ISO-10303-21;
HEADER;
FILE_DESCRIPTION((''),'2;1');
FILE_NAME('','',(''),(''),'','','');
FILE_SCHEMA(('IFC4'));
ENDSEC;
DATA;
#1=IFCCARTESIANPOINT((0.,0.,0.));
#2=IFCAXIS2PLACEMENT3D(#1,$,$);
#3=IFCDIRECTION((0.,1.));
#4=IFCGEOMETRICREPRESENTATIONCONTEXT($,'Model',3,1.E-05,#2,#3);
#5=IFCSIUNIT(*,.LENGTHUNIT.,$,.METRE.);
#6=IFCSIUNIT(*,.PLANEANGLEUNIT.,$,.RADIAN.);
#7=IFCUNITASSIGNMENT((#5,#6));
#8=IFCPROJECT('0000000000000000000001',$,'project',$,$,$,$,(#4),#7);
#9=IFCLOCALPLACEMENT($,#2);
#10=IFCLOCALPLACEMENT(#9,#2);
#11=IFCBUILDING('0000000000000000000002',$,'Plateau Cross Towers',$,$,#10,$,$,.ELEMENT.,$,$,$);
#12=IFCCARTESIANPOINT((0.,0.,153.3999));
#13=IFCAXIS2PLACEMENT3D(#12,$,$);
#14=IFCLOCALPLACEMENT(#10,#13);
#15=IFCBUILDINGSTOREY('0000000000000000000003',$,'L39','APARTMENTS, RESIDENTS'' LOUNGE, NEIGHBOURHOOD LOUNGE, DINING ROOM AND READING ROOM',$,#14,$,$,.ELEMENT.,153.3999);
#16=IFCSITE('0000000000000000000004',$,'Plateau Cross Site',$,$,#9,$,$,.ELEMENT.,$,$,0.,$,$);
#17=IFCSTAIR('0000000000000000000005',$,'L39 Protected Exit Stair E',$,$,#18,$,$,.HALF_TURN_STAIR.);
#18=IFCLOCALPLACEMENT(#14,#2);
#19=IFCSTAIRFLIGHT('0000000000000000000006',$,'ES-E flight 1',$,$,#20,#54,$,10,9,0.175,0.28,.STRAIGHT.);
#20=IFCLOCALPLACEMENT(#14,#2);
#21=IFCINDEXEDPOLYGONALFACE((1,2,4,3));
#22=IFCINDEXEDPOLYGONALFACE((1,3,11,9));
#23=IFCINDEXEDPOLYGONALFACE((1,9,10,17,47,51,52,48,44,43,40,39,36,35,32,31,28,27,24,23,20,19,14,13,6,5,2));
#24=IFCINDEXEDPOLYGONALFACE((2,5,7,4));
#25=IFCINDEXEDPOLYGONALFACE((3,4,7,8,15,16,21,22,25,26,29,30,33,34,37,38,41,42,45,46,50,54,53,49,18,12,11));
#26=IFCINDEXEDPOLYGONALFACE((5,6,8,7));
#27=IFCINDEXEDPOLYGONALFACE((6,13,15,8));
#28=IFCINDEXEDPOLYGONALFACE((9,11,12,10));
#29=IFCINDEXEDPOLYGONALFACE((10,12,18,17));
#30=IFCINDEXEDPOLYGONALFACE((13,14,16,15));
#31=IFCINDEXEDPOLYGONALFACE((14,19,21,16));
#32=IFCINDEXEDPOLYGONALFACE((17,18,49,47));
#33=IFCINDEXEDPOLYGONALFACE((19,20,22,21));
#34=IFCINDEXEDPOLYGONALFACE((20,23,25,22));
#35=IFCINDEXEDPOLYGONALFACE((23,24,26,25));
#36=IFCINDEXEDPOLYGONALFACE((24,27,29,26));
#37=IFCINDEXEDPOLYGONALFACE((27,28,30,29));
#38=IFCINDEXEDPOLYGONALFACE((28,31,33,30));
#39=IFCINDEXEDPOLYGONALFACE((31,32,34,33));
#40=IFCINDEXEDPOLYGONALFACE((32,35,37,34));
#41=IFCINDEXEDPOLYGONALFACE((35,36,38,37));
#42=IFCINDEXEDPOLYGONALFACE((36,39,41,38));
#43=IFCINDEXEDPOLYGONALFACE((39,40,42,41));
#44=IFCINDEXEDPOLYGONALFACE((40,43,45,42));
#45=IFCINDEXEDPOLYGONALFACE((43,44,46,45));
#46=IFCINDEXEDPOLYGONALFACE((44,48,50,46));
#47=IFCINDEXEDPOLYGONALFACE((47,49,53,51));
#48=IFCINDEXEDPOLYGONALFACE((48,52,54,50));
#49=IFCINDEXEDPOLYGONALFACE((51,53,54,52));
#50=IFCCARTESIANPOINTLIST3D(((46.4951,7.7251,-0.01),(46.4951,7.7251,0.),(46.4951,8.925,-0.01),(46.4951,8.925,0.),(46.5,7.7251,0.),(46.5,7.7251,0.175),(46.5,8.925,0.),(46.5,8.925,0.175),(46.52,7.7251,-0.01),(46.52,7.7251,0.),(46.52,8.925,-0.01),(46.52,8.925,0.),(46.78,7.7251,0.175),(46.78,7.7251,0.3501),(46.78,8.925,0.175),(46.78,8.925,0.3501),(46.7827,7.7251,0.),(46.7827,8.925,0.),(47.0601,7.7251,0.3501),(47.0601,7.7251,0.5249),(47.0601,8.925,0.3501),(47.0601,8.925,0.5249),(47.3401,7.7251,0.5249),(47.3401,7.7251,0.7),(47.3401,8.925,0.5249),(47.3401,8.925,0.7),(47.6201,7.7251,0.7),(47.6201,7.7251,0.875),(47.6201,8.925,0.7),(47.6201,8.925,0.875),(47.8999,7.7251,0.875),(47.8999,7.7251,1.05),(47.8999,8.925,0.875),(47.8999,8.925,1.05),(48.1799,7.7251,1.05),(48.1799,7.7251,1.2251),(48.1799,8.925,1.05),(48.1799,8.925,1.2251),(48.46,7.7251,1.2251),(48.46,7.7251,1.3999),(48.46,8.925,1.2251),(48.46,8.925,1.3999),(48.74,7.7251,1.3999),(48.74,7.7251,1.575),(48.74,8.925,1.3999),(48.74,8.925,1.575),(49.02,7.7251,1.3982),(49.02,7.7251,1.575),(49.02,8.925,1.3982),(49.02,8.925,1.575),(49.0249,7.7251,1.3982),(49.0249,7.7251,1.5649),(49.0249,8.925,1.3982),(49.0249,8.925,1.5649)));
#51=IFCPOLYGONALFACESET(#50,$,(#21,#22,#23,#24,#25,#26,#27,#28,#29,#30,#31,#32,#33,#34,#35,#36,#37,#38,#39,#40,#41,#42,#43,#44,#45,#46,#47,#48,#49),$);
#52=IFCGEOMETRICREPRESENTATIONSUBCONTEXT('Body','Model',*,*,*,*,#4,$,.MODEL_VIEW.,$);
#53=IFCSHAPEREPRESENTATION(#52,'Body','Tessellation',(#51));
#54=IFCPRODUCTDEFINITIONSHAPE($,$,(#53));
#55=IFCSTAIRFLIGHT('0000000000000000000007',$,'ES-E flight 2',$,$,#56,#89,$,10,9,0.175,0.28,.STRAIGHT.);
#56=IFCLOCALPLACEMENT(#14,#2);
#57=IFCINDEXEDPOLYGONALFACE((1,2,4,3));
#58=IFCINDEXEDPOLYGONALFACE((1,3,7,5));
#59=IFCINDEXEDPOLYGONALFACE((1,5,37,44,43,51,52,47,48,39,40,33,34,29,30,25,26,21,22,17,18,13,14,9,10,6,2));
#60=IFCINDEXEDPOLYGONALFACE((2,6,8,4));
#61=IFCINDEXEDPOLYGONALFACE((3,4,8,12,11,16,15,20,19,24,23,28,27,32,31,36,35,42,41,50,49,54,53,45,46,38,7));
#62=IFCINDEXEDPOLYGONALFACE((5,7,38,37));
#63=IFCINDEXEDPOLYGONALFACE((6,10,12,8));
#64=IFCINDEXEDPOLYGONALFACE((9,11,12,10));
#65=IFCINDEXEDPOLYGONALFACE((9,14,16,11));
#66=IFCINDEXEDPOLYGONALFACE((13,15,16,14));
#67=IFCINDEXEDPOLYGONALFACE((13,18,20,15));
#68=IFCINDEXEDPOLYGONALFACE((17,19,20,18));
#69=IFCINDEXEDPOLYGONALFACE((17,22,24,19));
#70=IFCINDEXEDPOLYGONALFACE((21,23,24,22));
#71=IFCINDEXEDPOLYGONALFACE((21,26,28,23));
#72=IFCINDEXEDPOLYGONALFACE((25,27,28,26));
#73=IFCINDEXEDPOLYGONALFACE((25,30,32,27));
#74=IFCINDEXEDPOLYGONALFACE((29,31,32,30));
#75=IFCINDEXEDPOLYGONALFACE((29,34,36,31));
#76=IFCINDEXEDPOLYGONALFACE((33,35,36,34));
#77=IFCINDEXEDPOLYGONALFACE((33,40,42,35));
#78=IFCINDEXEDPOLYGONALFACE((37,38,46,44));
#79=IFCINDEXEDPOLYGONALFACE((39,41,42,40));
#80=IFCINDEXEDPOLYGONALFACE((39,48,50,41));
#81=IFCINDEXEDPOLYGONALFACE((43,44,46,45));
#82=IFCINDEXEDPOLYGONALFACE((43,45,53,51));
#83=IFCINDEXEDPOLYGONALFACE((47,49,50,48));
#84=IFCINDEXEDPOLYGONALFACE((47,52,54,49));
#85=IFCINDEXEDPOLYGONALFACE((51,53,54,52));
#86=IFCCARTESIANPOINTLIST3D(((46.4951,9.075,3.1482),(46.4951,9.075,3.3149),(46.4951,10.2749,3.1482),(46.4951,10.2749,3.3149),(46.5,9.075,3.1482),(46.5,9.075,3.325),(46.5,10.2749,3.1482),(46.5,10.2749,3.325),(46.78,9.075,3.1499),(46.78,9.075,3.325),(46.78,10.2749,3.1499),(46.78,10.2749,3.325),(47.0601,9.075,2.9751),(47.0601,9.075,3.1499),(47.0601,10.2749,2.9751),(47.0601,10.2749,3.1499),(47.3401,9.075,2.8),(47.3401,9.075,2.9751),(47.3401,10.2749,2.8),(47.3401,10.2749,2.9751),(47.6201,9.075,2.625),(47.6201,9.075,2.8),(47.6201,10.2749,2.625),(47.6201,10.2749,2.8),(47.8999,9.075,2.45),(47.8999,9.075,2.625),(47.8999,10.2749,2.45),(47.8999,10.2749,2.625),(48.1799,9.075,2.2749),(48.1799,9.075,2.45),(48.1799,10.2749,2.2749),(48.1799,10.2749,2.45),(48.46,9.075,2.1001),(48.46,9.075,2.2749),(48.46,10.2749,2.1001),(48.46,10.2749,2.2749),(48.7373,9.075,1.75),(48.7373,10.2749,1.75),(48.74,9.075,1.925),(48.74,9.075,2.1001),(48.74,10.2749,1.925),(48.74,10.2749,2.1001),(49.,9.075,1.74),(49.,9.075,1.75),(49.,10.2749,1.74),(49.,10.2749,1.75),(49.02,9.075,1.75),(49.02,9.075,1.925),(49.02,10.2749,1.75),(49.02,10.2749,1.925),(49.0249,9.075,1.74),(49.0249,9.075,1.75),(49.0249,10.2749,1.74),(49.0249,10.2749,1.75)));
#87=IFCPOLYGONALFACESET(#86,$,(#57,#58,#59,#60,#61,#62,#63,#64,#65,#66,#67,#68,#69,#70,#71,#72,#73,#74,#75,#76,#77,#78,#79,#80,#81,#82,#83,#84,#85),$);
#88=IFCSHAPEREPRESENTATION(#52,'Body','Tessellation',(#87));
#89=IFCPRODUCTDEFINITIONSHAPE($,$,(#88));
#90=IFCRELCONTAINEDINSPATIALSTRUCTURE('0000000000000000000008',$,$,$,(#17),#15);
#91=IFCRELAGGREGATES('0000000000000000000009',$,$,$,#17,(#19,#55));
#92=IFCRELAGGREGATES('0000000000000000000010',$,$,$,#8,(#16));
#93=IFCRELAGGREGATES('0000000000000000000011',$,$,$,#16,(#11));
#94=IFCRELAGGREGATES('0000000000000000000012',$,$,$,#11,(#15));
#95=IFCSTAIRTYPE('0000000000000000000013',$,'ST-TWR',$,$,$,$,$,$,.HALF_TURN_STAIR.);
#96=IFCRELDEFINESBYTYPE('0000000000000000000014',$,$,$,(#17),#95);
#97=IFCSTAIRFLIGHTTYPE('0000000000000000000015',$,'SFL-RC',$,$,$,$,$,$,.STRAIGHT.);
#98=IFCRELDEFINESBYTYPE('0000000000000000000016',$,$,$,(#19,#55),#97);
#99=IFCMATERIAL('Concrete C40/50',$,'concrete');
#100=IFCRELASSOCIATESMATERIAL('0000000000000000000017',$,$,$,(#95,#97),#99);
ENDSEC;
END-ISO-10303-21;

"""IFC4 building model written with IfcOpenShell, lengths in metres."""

from ifc_helpers import new_model, si_unit, direction, frame, origin, place, context, subcontext, project, spatial, polyline, outline, extrude, material, type_object, element, aggregate, save


model = new_model("IFC4")

# Units and contexts
model_context = context("Model", 3, precision=1e-05, world=origin(), true_north=direction((0.0, 1.0)))
body_context = subcontext(model_context, "Body", "Model", "MODEL_VIEW")
ifc_project = project(units=[si_unit("LENGTHUNIT", "METRE"), si_unit("PLANEANGLEUNIT", "RADIAN")], contexts=[model_context])

# Site, building, storey
site_placement = place(None, origin())
site = spatial("IfcSite", under=ifc_project, at=site_placement, Name="Plateau Cross Site", CompositionType="ELEMENT", RefElevation=0.0)
building_placement = place(site_placement, origin())
building = spatial("IfcBuilding", under=site, at=building_placement, Name="Plateau Cross Towers", CompositionType="ELEMENT")
storey_placement = place(building_placement, frame((0.0, 0.0, 153.3999)))
storey = spatial("IfcBuildingStorey", under=building, at=storey_placement, Name="L39", Description="APARTMENTS, RESIDENTS' LOUNGE, NEIGHBOURHOOD LOUNGE, DINING ROOM AND READING ROOM", CompositionType="ELEMENT", Elevation=153.3999)

# Stair, stair flights
ifc_material_1 = material(Name="Concrete C40/50", Category="concrete")
stair_type = type_object("IfcStairType", Name="ST-TWR", PredefinedType="HALF_TURN_STAIR", material=ifc_material_1)
stair_placement = place(storey_placement, origin())
stair = element("IfcStair", 1, at=stair_placement, inside=storey, type_object=stair_type, Name="L39 Protected Exit Stair E", PredefinedType="HALF_TURN_STAIR")
stair_flight_type = type_object("IfcStairFlightType", Name="SFL-RC", PredefinedType="STRAIGHT", material=ifc_material_1)
stair_flight_1_placement = place(storey_placement, frame((46.5, 8.325, 0.0), z_axis=(0.0, 0.0, 1.0), x_axis=(1.0, 0.0, 0.0)))
stair_flight_1 = element("IfcStairFlight", 2, at=stair_flight_1_placement, type_object=stair_flight_type, Name="ES-E flight 1", NumberOfRisers=10, NumberOfTreads=9, PredefinedType="STRAIGHT", RiserHeight=0.175, TreadLength=0.28, context=body_context, shape_type="SweptSolid", body=[
    extrude(outline(polyline([(-0.0049, -0.01), (-0.0049, 0.0), (0.0, 0.0), (0.0, 0.175), (0.28, 0.175), (0.28, 0.3501), (0.5601, 0.3501), (0.5601, 0.5249), (0.8401, 0.5249), (0.8401, 0.7), (1.1201, 0.7), (1.1201, 0.875), (1.3999, 0.875), (1.3999, 1.05), (1.6799, 1.05), (1.6799, 1.2251), (1.96, 1.2251), (1.96, 1.3999), (2.24, 1.3999), (2.24, 1.575), (2.52, 1.575), (2.5249, 1.5649), (2.5249, 1.3982), (2.52, 1.3982), (0.2827, 0.0), (0.02, 0.0), (0.02, -0.01), (-0.0049, -0.01)])), frame((0.0, 0.6001, 0.0), z_axis=(0.0, -1.0, 0.0), x_axis=(1.0, 0.0, 0.0)), (0.0, 0.0, 1.0), 1.2),
])
stair_flight_2_placement = place(storey_placement, frame((49.02, 9.675, 1.75), z_axis=(0.0, 0.0, 1.0), x_axis=(-1.0, 0.0, 0.0)))
stair_flight_2 = element("IfcStairFlight", 3, at=stair_flight_2_placement, type_object=stair_flight_type, Name="ES-E flight 2", NumberOfRisers=10, NumberOfTreads=9, PredefinedType="STRAIGHT", RiserHeight=0.175, TreadLength=0.28, context=body_context, shape_type="SweptSolid", body=[
    extrude(outline(polyline([(-0.0049, -0.01), (-0.0049, 0.0), (0.0, 0.0), (0.0, 0.175), (0.28, 0.175), (0.28, 0.3501), (0.5601, 0.3501), (0.5601, 0.5249), (0.8401, 0.5249), (0.8401, 0.7), (1.1201, 0.7), (1.1201, 0.875), (1.3999, 0.875), (1.3999, 1.05), (1.6799, 1.05), (1.6799, 1.2251), (1.96, 1.2251), (1.96, 1.3999), (2.24, 1.3999), (2.24, 1.575), (2.52, 1.575), (2.5249, 1.5649), (2.5249, 1.3982), (2.52, 1.3982), (0.2827, 0.0), (0.02, 0.0), (0.02, -0.01), (-0.0049, -0.01)])), frame((0.0, 0.6001, 0.0), z_axis=(0.0, -1.0, 0.0), x_axis=(1.0, 0.0, 0.0)), (0.0, 0.0, 1.0), 1.2),
])
aggregate(stair, [stair_flight_1, stair_flight_2])

save(model, "model.ifc")
